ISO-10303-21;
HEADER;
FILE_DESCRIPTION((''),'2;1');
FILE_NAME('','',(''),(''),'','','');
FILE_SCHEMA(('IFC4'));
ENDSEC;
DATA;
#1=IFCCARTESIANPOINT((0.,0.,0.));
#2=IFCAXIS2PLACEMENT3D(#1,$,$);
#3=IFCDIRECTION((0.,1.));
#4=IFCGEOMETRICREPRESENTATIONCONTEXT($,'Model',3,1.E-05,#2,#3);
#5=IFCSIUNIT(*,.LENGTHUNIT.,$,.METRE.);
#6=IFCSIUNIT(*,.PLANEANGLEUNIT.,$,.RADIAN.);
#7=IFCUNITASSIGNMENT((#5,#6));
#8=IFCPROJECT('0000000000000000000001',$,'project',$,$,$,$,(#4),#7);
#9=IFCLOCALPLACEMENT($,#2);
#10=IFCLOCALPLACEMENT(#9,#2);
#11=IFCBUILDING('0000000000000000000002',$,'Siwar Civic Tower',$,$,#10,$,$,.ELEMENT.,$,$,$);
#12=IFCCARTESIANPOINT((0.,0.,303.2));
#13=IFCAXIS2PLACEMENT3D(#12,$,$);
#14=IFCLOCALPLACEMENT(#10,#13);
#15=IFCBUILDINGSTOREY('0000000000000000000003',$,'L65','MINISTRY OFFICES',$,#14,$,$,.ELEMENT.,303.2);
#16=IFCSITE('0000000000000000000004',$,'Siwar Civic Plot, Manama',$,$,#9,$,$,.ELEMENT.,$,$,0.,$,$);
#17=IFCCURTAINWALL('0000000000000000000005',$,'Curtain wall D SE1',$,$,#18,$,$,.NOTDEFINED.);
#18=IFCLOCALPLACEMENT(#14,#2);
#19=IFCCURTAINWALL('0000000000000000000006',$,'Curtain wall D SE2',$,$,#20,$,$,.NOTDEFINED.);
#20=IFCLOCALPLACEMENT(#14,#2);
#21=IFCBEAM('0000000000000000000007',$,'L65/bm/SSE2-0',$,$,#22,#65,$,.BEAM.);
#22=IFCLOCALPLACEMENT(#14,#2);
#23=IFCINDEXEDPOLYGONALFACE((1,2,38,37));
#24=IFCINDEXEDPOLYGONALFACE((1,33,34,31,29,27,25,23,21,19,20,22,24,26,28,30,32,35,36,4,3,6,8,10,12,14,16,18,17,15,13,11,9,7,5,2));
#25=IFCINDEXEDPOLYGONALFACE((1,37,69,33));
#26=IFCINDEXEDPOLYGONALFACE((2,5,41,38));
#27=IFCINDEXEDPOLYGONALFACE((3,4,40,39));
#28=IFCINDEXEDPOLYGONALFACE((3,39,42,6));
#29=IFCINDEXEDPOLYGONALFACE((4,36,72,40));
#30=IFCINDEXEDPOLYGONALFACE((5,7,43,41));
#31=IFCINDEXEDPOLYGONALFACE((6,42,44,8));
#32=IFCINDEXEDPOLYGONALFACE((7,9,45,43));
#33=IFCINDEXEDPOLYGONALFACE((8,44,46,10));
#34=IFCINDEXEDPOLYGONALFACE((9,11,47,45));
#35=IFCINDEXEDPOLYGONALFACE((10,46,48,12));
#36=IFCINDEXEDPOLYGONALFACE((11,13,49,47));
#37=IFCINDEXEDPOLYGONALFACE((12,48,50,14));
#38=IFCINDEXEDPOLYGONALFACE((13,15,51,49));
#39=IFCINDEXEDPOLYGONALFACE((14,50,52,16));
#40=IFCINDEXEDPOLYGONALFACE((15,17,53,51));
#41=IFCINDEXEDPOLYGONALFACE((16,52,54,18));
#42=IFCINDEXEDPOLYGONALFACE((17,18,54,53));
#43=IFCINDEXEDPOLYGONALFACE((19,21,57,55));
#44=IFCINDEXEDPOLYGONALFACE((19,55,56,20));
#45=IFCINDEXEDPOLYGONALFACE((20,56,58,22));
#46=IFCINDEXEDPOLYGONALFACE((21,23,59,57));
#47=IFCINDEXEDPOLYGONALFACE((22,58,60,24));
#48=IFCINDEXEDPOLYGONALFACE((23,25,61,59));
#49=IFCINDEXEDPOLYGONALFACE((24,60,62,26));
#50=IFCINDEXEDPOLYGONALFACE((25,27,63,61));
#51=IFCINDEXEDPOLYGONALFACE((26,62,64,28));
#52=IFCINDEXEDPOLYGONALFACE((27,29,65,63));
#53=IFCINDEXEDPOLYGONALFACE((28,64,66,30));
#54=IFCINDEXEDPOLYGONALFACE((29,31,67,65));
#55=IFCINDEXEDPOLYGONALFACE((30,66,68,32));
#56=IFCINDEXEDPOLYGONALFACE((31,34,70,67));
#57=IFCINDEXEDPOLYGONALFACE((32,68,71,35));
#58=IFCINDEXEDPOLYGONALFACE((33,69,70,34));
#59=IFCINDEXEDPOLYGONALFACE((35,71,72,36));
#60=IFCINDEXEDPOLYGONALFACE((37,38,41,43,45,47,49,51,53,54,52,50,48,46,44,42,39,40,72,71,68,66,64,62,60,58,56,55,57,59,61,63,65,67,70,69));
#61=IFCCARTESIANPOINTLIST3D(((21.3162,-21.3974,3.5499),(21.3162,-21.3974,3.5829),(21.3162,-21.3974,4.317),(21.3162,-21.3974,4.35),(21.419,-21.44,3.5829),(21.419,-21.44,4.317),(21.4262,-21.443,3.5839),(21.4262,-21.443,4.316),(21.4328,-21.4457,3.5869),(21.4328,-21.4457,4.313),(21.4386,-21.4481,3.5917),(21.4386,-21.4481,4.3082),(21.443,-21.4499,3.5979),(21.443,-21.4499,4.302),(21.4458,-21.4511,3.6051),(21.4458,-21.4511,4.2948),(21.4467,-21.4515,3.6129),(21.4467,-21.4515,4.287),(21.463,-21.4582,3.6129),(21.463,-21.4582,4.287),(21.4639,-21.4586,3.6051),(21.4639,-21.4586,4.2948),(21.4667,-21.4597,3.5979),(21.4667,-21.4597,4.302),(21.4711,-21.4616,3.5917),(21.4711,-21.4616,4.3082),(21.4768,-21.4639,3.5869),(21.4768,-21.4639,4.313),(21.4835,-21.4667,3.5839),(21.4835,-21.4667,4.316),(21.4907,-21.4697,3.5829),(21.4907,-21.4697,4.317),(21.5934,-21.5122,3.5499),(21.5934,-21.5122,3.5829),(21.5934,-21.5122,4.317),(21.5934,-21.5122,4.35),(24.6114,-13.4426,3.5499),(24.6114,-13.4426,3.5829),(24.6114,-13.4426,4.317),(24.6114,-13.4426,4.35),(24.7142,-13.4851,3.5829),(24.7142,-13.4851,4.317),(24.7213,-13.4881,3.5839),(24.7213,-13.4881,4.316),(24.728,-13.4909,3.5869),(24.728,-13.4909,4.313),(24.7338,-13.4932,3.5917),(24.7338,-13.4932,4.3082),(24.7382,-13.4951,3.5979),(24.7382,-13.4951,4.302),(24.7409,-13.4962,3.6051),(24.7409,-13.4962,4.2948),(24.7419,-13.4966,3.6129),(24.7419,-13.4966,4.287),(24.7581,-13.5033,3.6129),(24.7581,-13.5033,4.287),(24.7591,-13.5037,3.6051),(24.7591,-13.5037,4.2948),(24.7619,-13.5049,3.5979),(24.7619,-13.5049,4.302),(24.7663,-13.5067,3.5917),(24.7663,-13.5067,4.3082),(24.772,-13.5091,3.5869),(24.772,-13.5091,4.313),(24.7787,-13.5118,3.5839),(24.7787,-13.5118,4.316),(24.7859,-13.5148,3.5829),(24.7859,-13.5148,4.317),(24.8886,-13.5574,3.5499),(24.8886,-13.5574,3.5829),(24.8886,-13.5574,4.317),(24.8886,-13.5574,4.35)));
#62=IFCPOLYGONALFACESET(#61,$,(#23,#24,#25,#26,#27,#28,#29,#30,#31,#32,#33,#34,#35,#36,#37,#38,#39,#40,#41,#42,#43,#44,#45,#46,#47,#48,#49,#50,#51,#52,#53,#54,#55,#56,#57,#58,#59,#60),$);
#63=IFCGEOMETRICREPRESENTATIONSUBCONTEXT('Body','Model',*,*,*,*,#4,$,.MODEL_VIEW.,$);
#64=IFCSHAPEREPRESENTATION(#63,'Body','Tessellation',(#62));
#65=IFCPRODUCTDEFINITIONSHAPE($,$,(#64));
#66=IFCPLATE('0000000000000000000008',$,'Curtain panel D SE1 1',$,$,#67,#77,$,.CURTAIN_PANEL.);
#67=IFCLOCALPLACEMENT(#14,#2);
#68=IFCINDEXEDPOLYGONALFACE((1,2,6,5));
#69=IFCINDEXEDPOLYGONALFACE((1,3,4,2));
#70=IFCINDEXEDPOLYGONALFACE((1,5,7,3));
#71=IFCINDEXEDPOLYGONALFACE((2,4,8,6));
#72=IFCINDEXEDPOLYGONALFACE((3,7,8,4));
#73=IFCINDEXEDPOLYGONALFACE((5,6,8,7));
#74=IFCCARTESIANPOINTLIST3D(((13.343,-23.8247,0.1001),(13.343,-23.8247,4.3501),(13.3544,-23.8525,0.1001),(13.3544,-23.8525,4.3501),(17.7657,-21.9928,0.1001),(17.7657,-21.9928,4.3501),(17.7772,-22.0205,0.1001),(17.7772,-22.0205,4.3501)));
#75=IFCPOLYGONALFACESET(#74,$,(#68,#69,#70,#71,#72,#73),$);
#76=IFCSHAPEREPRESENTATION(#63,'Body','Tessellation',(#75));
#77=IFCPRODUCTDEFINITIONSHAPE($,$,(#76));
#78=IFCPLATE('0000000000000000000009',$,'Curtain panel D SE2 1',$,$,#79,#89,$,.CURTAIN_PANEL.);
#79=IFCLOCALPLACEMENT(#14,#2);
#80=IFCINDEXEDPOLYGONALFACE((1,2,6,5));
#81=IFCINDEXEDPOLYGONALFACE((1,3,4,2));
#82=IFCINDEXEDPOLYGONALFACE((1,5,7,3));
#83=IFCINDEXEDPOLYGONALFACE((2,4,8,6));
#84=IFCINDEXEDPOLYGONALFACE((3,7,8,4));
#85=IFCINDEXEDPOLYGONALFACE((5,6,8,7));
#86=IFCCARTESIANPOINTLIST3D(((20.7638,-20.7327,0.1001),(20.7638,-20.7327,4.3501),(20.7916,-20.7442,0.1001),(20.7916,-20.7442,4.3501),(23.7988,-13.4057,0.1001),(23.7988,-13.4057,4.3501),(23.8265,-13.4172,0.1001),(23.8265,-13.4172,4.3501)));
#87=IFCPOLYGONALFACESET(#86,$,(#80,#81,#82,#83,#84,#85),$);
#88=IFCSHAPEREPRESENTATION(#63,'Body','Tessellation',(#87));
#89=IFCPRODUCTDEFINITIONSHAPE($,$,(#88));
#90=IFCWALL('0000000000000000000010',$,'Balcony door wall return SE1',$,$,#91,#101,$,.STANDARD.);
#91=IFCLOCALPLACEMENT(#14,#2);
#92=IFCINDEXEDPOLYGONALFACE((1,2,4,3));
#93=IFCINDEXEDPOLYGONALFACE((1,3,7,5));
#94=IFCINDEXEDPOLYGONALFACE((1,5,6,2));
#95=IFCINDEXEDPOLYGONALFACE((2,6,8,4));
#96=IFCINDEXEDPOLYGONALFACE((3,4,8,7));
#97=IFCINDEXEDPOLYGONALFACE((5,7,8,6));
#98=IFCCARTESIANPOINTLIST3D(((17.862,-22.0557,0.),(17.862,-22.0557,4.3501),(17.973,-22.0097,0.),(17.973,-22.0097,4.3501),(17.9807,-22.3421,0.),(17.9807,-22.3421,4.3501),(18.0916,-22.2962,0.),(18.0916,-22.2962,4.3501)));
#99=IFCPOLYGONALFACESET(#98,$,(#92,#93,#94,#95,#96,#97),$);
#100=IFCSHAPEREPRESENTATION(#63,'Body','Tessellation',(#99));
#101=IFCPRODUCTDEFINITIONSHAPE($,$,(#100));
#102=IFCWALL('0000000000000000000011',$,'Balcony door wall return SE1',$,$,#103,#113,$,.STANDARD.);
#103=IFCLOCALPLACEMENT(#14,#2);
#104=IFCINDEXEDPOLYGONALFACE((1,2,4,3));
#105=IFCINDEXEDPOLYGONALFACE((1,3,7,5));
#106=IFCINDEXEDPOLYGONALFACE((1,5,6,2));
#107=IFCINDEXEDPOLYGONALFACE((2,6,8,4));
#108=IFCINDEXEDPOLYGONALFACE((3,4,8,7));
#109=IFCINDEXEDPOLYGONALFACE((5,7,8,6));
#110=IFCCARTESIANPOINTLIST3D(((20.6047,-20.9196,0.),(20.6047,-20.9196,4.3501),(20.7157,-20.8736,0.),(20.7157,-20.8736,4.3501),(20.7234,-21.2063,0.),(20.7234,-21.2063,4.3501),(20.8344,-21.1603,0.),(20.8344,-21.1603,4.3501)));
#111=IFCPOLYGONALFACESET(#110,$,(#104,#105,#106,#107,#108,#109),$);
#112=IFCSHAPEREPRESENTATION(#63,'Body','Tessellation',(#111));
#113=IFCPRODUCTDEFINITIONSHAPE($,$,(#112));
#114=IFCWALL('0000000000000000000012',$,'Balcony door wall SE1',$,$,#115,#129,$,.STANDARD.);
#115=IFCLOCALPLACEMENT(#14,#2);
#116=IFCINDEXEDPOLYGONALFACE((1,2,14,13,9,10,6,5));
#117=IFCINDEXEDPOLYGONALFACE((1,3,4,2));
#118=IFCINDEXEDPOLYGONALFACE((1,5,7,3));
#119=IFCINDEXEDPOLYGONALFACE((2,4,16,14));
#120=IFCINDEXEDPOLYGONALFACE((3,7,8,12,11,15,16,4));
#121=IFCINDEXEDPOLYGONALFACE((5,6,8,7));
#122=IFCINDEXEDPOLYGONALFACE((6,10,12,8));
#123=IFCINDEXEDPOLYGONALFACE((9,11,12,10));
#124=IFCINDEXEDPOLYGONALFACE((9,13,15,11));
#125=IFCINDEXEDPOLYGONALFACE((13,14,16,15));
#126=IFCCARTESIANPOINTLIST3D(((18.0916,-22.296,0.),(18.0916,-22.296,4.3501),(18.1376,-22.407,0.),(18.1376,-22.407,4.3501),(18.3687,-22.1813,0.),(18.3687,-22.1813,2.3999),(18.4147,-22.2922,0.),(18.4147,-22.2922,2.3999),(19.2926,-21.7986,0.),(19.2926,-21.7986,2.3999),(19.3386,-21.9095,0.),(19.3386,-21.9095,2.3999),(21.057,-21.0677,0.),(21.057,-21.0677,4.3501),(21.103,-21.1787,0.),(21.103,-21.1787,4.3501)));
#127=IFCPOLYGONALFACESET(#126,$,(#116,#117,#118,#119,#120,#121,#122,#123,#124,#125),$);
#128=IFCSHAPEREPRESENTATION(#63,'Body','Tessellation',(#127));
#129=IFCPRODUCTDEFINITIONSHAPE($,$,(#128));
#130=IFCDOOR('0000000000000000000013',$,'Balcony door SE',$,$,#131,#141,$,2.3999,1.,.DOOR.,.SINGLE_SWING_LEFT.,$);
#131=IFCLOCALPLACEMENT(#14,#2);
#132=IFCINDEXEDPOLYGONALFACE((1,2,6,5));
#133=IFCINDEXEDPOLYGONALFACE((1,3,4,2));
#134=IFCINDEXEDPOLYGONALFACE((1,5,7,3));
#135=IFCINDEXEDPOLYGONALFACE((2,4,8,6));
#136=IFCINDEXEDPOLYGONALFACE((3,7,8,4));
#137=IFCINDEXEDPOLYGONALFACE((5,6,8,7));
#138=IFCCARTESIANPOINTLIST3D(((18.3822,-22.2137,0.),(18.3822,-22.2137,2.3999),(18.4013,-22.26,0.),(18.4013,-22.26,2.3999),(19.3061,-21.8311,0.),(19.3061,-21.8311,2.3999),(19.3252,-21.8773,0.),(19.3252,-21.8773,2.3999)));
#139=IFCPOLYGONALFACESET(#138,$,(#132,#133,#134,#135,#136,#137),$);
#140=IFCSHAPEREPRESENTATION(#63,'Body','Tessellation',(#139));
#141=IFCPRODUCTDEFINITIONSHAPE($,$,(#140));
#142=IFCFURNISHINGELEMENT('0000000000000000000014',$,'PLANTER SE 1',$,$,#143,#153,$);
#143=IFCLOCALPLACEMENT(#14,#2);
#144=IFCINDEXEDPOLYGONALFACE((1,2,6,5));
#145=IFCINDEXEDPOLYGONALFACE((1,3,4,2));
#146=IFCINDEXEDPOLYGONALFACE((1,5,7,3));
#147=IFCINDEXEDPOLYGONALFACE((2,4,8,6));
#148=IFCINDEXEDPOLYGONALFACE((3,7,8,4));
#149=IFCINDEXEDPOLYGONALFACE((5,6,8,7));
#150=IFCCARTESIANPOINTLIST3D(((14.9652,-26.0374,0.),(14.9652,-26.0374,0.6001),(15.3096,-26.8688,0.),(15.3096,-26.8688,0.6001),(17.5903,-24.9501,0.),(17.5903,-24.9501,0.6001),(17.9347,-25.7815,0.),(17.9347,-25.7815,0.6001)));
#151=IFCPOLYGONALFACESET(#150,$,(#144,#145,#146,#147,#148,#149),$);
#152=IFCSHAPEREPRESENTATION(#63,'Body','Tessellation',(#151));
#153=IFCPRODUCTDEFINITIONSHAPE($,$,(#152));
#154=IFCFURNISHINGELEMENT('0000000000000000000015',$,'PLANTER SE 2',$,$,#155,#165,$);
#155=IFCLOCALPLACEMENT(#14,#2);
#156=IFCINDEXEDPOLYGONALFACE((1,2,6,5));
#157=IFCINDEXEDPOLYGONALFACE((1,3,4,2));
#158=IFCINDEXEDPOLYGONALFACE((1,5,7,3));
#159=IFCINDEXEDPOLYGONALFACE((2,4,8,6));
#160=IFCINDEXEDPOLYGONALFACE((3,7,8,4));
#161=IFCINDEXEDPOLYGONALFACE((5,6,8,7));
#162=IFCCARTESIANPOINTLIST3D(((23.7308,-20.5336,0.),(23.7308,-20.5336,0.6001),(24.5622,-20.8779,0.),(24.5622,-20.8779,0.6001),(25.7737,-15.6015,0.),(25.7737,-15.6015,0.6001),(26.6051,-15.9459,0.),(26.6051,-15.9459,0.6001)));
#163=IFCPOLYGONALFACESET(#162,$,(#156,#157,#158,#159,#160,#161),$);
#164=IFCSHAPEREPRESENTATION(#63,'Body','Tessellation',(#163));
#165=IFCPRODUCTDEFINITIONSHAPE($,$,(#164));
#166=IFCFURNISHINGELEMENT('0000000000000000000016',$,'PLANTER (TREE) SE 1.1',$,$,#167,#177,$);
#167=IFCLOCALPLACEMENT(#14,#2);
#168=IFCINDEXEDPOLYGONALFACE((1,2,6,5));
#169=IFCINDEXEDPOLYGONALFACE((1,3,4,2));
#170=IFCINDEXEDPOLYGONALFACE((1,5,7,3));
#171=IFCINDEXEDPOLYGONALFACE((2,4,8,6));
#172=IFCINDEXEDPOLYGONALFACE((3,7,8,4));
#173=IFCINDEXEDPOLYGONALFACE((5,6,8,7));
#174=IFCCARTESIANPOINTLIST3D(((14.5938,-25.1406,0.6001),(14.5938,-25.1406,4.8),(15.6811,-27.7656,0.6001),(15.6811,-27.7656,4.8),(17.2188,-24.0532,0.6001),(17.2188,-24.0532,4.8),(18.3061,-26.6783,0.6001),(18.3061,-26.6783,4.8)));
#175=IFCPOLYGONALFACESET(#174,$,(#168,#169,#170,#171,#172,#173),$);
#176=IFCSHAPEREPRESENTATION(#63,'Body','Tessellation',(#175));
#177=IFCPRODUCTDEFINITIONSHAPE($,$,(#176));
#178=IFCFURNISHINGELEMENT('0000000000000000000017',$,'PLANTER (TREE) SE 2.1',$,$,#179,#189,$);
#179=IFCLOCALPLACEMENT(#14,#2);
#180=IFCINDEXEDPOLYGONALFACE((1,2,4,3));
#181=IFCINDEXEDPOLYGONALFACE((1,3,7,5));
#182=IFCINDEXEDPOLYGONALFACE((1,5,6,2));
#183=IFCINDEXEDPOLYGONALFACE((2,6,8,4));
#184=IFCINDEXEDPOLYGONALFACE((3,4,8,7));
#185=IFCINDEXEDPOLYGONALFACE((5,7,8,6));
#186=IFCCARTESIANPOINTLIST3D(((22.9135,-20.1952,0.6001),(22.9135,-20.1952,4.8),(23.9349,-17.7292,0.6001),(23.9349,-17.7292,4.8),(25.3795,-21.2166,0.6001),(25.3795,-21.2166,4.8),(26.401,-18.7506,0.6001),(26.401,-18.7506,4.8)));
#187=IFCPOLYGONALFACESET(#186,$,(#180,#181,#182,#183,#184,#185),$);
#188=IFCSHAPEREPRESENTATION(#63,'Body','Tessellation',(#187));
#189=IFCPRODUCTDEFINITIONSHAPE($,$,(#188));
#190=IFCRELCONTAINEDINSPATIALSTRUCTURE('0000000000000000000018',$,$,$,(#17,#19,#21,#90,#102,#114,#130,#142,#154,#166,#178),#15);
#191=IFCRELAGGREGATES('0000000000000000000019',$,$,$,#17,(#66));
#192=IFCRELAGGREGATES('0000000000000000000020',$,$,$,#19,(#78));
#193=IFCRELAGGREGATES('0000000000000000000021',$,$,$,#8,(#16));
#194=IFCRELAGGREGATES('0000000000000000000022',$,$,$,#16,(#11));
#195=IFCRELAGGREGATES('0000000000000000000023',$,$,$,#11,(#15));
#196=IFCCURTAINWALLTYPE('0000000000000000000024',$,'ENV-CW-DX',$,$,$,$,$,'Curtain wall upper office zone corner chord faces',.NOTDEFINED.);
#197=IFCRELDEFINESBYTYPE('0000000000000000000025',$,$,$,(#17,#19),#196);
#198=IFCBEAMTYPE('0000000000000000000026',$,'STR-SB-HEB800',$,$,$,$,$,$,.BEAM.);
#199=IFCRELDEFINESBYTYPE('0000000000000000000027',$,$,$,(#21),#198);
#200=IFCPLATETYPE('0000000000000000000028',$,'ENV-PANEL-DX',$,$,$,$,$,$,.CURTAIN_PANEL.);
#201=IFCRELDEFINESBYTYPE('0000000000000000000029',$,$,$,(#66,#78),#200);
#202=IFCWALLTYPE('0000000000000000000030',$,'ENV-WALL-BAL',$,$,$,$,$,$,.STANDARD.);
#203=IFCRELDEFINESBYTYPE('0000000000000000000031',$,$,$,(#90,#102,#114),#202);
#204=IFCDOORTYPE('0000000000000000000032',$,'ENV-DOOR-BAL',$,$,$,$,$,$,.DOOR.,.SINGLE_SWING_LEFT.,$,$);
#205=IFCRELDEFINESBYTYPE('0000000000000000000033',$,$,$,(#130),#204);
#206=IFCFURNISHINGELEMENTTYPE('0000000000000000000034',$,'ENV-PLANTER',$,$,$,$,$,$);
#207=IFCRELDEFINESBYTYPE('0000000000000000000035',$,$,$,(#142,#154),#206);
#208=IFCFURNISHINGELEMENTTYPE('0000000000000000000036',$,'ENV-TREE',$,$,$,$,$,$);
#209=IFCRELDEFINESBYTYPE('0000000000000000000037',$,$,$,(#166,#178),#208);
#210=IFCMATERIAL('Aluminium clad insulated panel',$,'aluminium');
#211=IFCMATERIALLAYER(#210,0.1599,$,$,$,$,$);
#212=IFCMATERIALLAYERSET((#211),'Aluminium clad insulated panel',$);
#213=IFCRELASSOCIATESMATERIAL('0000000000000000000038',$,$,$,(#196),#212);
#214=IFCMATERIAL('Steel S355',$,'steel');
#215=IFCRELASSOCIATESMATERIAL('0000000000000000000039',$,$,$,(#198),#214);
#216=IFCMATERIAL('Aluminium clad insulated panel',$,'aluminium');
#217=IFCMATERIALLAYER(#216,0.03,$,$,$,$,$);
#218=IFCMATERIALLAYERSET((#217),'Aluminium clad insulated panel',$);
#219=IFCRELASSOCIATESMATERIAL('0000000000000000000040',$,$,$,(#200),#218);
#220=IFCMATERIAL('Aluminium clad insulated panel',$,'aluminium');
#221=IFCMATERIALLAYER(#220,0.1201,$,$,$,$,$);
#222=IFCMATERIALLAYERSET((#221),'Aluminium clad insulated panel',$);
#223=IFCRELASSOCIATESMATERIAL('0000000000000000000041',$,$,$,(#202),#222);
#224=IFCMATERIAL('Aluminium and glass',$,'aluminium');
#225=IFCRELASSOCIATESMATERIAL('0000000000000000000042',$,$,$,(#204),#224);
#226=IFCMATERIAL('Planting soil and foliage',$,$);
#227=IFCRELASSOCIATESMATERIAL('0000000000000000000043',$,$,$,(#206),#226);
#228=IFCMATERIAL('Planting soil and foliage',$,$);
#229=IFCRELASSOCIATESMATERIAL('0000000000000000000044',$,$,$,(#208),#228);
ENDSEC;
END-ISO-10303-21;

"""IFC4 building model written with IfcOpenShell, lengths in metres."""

from ifc_helpers import new_model, si_unit, direction, frame, frame_2d, origin, origin_2d, place, context, subcontext, project, spatial, rectangle, i_section, extrude, material, layer, layer_set, material_profile, profile_set, type_object, element, fill, aggregate, save


model = new_model("IFC4")

# Units and contexts
model_context = context("Model", 3, precision=1e-05, world=origin(), true_north=direction((0.0, 1.0)))
body_context = subcontext(model_context, "Body", "Model", "MODEL_VIEW")
ifc_project = project(units=[si_unit("LENGTHUNIT", "METRE"), si_unit("PLANEANGLEUNIT", "RADIAN")], contexts=[model_context])

# Site, building, storey
site_placement = place(None, origin())
site = spatial("IfcSite", under=ifc_project, at=site_placement, Name="Siwar Civic Plot, Manama", CompositionType="ELEMENT", RefElevation=0.0)
building_placement = place(site_placement, origin())
building = spatial("IfcBuilding", under=site, at=building_placement, Name="Siwar Civic Tower", CompositionType="ELEMENT")
storey_placement = place(building_placement, frame((0.0, 0.0, 303.2)))
storey = spatial("IfcBuildingStorey", under=building, at=storey_placement, Name="L65", Description="MINISTRY OFFICES", CompositionType="ELEMENT", Elevation=303.2)

# Curtain wall
ifc_material_1 = material(Name="Aluminium clad insulated panel", Category="aluminium")
ifc_layer_1 = layer(ifc_material_1, 0.1599)
ifc_layer_set_1 = layer_set([ifc_layer_1], Name="Aluminium clad insulated panel")
curtain_wall_type = type_object("IfcCurtainWallType", Name="ENV-CW-DX", ElementType="Curtain wall upper office zone corner chord faces", PredefinedType="NOTDEFINED", material=ifc_layer_set_1)
curtain_wall_1_placement = place(storey_placement, origin())
curtain_wall_1 = element("IfcCurtainWall", 1, at=curtain_wall_1_placement, inside=storey, type_object=curtain_wall_type, Name="Curtain wall D SE1", PredefinedType="NOTDEFINED")

# Curtain wall
curtain_wall_2_placement = place(storey_placement, origin())
curtain_wall_2 = element("IfcCurtainWall", 2, at=curtain_wall_2_placement, inside=storey, type_object=curtain_wall_type, Name="Curtain wall D SE2", PredefinedType="NOTDEFINED")

# Beam
ifc_material_2 = material(Name="Steel S355", Category="steel")
ifc_material_profile_1 = material_profile(ifc_material_2, i_section(OverallWidth=0.3, OverallDepth=0.8, WebThickness=0.0176, FlangeThickness=0.033, FilletRadius=0.03, at=origin_2d()), Name="HEB800")
ifc_profile_set_1 = profile_set([ifc_material_profile_1], Name="Steel S355")
beam_type_1 = type_object("IfcBeamType", Name="STR-SB-HEB800", PredefinedType="BEAM", material=ifc_profile_set_1)
beam_1_placement = place(storey_placement, frame((21.4548, -21.4548, 3.95), z_axis=(0.3827, 0.923873, 0.0), x_axis=(-0.923873, 0.3827, 0.0)))
element("IfcBeam", 3, at=beam_1_placement, inside=storey, type_object=beam_type_1, Name="L65/bm/SSE2-0", PredefinedType="BEAM", context=body_context, shape_type="SweptSolid", body=[
    extrude(i_section(OverallWidth=0.3, OverallDepth=0.8, WebThickness=0.0176, FlangeThickness=0.033, FilletRadius=0.03, at=origin_2d()), origin(), (0.0, 0.0, 1.0), 8.6104),
])

# Plates
ifc_material_3 = material(Name="Aluminium clad insulated panel", Category="aluminium")
ifc_layer_2 = layer(ifc_material_3, 0.03)
ifc_layer_set_2 = layer_set([ifc_layer_2], Name="Aluminium clad insulated panel")
plate_type = type_object("IfcPlateType", Name="ENV-PANEL-DX", PredefinedType="CURTAIN_PANEL", material=ifc_layer_set_2)
plate_1_placement = place(storey_placement, frame((15.5601, -22.9226, 0.1001), z_axis=(0.0, 0.0, 1.0), x_axis=(0.92388, 0.382683, 0.0)))
plate_1 = element("IfcPlate", 4, at=plate_1_placement, type_object=plate_type, Name="Curtain panel D SE1 1", PredefinedType="CURTAIN_PANEL", context=body_context, shape_type="SweptSolid", body=[
    extrude(rectangle(XDim=4.7871, YDim=0.03, at=origin_2d()), origin(), (0.0, 0.0, 1.0), 4.25),
])
aggregate(curtain_wall_1, [plate_1])
plate_2_placement = place(storey_placement, frame((22.2952, -17.075, 0.1001), z_axis=(0.0, 0.0, 1.0), x_axis=(0.382683, 0.92388, 0.0)))
plate_2 = element("IfcPlate", 5, at=plate_2_placement, type_object=plate_type, Name="Curtain panel D SE2 1", PredefinedType="CURTAIN_PANEL", context=body_context, shape_type="SweptSolid", body=[
    extrude(rectangle(XDim=7.9307, YDim=0.03, at=origin_2d()), origin(), (0.0, 0.0, 1.0), 4.25),
])
aggregate(curtain_wall_2, [plate_2])

# Walls
ifc_material_4 = material(Name="Aluminium clad insulated panel", Category="aluminium")
ifc_layer_3 = layer(ifc_material_4, 0.1201)
ifc_layer_set_3 = layer_set([ifc_layer_3], Name="Aluminium clad insulated panel")
wall_type = type_object("IfcWallType", Name="ENV-WALL-BAL", PredefinedType="STANDARD", material=ifc_layer_set_3)
wall_1_placement = place(storey_placement, frame((17.9175, -22.0327, 0.0), z_axis=(0.0, 0.0, 1.0), x_axis=(0.382769, -0.923844, 0.0)))
element("IfcWall", 6, at=wall_1_placement, inside=storey, type_object=wall_type, Name="Balcony door wall return SE1", PredefinedType="STANDARD", context=body_context, shape_type="SweptSolid", body=[
    extrude(rectangle(XDim=0.3101, YDim=0.1201, at=frame_2d((0.155, 0.0))), origin(), (0.0, 0.0, 1.0), 4.3501),
])
wall_2_placement = place(storey_placement, frame((20.6602, -20.8965, 0.0), z_axis=(0.0, 0.0, 1.0), x_axis=(0.382491, -0.923959, 0.0)))
element("IfcWall", 7, at=wall_2_placement, inside=storey, type_object=wall_type, Name="Balcony door wall return SE1", PredefinedType="STANDARD", context=body_context, shape_type="SweptSolid", body=[
    extrude(rectangle(XDim=0.3103, YDim=0.1201, at=frame_2d((0.1553, 0.0))), origin(), (0.0, 0.0, 1.0), 4.3501),
])

# Wall, opening, door
wall_3_placement = place(storey_placement, frame((18.1145, -22.3516, 0.0), z_axis=(0.0, 0.0, 1.0), x_axis=(0.923881, 0.382681, 0.0)))
wall_3 = element("IfcWall", 8, at=wall_3_placement, inside=storey, type_object=wall_type, Name="Balcony door wall SE1", PredefinedType="STANDARD", context=body_context, shape_type="SweptSolid", body=[
    extrude(rectangle(XDim=3.2097, YDim=0.1201, at=frame_2d((1.605, 0.0))), origin(), (0.0, 0.0, 1.0), 4.3501),
])
opening_placement = place(wall_3_placement, frame((0.3, 0.0, 0.0)))
opening = element("IfcOpeningElement", 9, at=opening_placement, cuts=wall_3, PredefinedType="OPENING", context=body_context, shape_type="SweptSolid", body=[
    extrude(rectangle(XDim=1.0, YDim=2.3999, at=frame_2d((0.5, 1.2))), frame((0.0, 0.0701, 0.0), z_axis=(0.0, -1.0, 0.0), x_axis=(1.0, 0.0, 0.0)), (0.0, 0.0, 1.0), 0.1401),
])
ifc_material_5 = material(Name="Aluminium and glass", Category="aluminium")
door_type = type_object("IfcDoorType", Name="ENV-DOOR-BAL", OperationType="SINGLE_SWING_LEFT", PredefinedType="DOOR", material=ifc_material_5)
door_placement = place(opening_placement, origin())
door = element("IfcDoor", 10, at=door_placement, inside=storey, type_object=door_type, Name="Balcony door SE", OperationType="SINGLE_SWING_LEFT", OverallHeight=2.3999, OverallWidth=1.0, PredefinedType="DOOR", context=body_context, shape_type="SweptSolid", body=[
    extrude(rectangle(XDim=1.0, YDim=2.3999, at=frame_2d((0.5, 1.2))), frame((0.0, 0.0249, 0.0), z_axis=(0.0, -1.0, 0.0), x_axis=(1.0, 0.0, 0.0)), (0.0, 0.0, 1.0), 0.05),
])
fill(opening, door)

# Furnishing elements
ifc_material_6 = material(Name="Planting soil and foliage")
furnishing_element_type_1 = type_object("IfcFurnishingElementType", Name="ENV-PLANTER", material=ifc_material_6)
furnishing_1_placement = place(storey_placement, frame((16.45, -25.9094, 0.0), z_axis=(0.0, 0.0, 1.0), x_axis=(0.92388, 0.382683, 0.0)))
element("IfcFurnishingElement", 11, at=furnishing_1_placement, inside=storey, type_object=furnishing_element_type_1, Name="PLANTER SE 1", context=body_context, shape_type="SweptSolid", body=[
    extrude(rectangle(XDim=2.8413, YDim=0.8999, at=origin_2d()), origin(), (0.0, 0.0, 1.0), 0.6001),
])
furnishing_2_placement = place(storey_placement, frame((25.168, -18.2397, 0.0), z_axis=(0.0, 0.0, 1.0), x_axis=(0.382683, 0.92388, 0.0)))
element("IfcFurnishingElement", 12, at=furnishing_2_placement, inside=storey, type_object=furnishing_element_type_1, Name="PLANTER SE 2", context=body_context, shape_type="SweptSolid", body=[
    extrude(rectangle(XDim=5.3384, YDim=0.8999, at=origin_2d()), origin(), (0.0, 0.0, 1.0), 0.6001),
])
ifc_material_7 = material(Name="Planting soil and foliage")
furnishing_element_type_2 = type_object("IfcFurnishingElementType", Name="ENV-TREE", material=ifc_material_7)
furnishing_3_placement = place(storey_placement, frame((16.45, -25.9094, 0.6001), z_axis=(0.0, 0.0, 1.0), x_axis=(0.92388, 0.382683, 0.0)))
element("IfcFurnishingElement", 13, at=furnishing_3_placement, inside=storey, type_object=furnishing_element_type_2, Name="PLANTER (TREE) SE 1.1", context=body_context, shape_type="SweptSolid", body=[
    extrude(rectangle(XDim=2.8413, YDim=2.8413, at=origin_2d()), origin(), (0.0, 0.0, 1.0), 4.2),
])
furnishing_4_placement = place(storey_placement, frame((24.6572, -19.4729, 0.6001), z_axis=(0.0, 0.0, 1.0), x_axis=(0.382683, 0.92388, 0.0)))
element("IfcFurnishingElement", 14, at=furnishing_4_placement, inside=storey, type_object=furnishing_element_type_2, Name="PLANTER (TREE) SE 2.1", context=body_context, shape_type="SweptSolid", body=[
    extrude(rectangle(XDim=2.6692, YDim=2.6692, at=origin_2d()), origin(), (0.0, 0.0, 1.0), 4.2),
])

save(model, "model.ifc")
